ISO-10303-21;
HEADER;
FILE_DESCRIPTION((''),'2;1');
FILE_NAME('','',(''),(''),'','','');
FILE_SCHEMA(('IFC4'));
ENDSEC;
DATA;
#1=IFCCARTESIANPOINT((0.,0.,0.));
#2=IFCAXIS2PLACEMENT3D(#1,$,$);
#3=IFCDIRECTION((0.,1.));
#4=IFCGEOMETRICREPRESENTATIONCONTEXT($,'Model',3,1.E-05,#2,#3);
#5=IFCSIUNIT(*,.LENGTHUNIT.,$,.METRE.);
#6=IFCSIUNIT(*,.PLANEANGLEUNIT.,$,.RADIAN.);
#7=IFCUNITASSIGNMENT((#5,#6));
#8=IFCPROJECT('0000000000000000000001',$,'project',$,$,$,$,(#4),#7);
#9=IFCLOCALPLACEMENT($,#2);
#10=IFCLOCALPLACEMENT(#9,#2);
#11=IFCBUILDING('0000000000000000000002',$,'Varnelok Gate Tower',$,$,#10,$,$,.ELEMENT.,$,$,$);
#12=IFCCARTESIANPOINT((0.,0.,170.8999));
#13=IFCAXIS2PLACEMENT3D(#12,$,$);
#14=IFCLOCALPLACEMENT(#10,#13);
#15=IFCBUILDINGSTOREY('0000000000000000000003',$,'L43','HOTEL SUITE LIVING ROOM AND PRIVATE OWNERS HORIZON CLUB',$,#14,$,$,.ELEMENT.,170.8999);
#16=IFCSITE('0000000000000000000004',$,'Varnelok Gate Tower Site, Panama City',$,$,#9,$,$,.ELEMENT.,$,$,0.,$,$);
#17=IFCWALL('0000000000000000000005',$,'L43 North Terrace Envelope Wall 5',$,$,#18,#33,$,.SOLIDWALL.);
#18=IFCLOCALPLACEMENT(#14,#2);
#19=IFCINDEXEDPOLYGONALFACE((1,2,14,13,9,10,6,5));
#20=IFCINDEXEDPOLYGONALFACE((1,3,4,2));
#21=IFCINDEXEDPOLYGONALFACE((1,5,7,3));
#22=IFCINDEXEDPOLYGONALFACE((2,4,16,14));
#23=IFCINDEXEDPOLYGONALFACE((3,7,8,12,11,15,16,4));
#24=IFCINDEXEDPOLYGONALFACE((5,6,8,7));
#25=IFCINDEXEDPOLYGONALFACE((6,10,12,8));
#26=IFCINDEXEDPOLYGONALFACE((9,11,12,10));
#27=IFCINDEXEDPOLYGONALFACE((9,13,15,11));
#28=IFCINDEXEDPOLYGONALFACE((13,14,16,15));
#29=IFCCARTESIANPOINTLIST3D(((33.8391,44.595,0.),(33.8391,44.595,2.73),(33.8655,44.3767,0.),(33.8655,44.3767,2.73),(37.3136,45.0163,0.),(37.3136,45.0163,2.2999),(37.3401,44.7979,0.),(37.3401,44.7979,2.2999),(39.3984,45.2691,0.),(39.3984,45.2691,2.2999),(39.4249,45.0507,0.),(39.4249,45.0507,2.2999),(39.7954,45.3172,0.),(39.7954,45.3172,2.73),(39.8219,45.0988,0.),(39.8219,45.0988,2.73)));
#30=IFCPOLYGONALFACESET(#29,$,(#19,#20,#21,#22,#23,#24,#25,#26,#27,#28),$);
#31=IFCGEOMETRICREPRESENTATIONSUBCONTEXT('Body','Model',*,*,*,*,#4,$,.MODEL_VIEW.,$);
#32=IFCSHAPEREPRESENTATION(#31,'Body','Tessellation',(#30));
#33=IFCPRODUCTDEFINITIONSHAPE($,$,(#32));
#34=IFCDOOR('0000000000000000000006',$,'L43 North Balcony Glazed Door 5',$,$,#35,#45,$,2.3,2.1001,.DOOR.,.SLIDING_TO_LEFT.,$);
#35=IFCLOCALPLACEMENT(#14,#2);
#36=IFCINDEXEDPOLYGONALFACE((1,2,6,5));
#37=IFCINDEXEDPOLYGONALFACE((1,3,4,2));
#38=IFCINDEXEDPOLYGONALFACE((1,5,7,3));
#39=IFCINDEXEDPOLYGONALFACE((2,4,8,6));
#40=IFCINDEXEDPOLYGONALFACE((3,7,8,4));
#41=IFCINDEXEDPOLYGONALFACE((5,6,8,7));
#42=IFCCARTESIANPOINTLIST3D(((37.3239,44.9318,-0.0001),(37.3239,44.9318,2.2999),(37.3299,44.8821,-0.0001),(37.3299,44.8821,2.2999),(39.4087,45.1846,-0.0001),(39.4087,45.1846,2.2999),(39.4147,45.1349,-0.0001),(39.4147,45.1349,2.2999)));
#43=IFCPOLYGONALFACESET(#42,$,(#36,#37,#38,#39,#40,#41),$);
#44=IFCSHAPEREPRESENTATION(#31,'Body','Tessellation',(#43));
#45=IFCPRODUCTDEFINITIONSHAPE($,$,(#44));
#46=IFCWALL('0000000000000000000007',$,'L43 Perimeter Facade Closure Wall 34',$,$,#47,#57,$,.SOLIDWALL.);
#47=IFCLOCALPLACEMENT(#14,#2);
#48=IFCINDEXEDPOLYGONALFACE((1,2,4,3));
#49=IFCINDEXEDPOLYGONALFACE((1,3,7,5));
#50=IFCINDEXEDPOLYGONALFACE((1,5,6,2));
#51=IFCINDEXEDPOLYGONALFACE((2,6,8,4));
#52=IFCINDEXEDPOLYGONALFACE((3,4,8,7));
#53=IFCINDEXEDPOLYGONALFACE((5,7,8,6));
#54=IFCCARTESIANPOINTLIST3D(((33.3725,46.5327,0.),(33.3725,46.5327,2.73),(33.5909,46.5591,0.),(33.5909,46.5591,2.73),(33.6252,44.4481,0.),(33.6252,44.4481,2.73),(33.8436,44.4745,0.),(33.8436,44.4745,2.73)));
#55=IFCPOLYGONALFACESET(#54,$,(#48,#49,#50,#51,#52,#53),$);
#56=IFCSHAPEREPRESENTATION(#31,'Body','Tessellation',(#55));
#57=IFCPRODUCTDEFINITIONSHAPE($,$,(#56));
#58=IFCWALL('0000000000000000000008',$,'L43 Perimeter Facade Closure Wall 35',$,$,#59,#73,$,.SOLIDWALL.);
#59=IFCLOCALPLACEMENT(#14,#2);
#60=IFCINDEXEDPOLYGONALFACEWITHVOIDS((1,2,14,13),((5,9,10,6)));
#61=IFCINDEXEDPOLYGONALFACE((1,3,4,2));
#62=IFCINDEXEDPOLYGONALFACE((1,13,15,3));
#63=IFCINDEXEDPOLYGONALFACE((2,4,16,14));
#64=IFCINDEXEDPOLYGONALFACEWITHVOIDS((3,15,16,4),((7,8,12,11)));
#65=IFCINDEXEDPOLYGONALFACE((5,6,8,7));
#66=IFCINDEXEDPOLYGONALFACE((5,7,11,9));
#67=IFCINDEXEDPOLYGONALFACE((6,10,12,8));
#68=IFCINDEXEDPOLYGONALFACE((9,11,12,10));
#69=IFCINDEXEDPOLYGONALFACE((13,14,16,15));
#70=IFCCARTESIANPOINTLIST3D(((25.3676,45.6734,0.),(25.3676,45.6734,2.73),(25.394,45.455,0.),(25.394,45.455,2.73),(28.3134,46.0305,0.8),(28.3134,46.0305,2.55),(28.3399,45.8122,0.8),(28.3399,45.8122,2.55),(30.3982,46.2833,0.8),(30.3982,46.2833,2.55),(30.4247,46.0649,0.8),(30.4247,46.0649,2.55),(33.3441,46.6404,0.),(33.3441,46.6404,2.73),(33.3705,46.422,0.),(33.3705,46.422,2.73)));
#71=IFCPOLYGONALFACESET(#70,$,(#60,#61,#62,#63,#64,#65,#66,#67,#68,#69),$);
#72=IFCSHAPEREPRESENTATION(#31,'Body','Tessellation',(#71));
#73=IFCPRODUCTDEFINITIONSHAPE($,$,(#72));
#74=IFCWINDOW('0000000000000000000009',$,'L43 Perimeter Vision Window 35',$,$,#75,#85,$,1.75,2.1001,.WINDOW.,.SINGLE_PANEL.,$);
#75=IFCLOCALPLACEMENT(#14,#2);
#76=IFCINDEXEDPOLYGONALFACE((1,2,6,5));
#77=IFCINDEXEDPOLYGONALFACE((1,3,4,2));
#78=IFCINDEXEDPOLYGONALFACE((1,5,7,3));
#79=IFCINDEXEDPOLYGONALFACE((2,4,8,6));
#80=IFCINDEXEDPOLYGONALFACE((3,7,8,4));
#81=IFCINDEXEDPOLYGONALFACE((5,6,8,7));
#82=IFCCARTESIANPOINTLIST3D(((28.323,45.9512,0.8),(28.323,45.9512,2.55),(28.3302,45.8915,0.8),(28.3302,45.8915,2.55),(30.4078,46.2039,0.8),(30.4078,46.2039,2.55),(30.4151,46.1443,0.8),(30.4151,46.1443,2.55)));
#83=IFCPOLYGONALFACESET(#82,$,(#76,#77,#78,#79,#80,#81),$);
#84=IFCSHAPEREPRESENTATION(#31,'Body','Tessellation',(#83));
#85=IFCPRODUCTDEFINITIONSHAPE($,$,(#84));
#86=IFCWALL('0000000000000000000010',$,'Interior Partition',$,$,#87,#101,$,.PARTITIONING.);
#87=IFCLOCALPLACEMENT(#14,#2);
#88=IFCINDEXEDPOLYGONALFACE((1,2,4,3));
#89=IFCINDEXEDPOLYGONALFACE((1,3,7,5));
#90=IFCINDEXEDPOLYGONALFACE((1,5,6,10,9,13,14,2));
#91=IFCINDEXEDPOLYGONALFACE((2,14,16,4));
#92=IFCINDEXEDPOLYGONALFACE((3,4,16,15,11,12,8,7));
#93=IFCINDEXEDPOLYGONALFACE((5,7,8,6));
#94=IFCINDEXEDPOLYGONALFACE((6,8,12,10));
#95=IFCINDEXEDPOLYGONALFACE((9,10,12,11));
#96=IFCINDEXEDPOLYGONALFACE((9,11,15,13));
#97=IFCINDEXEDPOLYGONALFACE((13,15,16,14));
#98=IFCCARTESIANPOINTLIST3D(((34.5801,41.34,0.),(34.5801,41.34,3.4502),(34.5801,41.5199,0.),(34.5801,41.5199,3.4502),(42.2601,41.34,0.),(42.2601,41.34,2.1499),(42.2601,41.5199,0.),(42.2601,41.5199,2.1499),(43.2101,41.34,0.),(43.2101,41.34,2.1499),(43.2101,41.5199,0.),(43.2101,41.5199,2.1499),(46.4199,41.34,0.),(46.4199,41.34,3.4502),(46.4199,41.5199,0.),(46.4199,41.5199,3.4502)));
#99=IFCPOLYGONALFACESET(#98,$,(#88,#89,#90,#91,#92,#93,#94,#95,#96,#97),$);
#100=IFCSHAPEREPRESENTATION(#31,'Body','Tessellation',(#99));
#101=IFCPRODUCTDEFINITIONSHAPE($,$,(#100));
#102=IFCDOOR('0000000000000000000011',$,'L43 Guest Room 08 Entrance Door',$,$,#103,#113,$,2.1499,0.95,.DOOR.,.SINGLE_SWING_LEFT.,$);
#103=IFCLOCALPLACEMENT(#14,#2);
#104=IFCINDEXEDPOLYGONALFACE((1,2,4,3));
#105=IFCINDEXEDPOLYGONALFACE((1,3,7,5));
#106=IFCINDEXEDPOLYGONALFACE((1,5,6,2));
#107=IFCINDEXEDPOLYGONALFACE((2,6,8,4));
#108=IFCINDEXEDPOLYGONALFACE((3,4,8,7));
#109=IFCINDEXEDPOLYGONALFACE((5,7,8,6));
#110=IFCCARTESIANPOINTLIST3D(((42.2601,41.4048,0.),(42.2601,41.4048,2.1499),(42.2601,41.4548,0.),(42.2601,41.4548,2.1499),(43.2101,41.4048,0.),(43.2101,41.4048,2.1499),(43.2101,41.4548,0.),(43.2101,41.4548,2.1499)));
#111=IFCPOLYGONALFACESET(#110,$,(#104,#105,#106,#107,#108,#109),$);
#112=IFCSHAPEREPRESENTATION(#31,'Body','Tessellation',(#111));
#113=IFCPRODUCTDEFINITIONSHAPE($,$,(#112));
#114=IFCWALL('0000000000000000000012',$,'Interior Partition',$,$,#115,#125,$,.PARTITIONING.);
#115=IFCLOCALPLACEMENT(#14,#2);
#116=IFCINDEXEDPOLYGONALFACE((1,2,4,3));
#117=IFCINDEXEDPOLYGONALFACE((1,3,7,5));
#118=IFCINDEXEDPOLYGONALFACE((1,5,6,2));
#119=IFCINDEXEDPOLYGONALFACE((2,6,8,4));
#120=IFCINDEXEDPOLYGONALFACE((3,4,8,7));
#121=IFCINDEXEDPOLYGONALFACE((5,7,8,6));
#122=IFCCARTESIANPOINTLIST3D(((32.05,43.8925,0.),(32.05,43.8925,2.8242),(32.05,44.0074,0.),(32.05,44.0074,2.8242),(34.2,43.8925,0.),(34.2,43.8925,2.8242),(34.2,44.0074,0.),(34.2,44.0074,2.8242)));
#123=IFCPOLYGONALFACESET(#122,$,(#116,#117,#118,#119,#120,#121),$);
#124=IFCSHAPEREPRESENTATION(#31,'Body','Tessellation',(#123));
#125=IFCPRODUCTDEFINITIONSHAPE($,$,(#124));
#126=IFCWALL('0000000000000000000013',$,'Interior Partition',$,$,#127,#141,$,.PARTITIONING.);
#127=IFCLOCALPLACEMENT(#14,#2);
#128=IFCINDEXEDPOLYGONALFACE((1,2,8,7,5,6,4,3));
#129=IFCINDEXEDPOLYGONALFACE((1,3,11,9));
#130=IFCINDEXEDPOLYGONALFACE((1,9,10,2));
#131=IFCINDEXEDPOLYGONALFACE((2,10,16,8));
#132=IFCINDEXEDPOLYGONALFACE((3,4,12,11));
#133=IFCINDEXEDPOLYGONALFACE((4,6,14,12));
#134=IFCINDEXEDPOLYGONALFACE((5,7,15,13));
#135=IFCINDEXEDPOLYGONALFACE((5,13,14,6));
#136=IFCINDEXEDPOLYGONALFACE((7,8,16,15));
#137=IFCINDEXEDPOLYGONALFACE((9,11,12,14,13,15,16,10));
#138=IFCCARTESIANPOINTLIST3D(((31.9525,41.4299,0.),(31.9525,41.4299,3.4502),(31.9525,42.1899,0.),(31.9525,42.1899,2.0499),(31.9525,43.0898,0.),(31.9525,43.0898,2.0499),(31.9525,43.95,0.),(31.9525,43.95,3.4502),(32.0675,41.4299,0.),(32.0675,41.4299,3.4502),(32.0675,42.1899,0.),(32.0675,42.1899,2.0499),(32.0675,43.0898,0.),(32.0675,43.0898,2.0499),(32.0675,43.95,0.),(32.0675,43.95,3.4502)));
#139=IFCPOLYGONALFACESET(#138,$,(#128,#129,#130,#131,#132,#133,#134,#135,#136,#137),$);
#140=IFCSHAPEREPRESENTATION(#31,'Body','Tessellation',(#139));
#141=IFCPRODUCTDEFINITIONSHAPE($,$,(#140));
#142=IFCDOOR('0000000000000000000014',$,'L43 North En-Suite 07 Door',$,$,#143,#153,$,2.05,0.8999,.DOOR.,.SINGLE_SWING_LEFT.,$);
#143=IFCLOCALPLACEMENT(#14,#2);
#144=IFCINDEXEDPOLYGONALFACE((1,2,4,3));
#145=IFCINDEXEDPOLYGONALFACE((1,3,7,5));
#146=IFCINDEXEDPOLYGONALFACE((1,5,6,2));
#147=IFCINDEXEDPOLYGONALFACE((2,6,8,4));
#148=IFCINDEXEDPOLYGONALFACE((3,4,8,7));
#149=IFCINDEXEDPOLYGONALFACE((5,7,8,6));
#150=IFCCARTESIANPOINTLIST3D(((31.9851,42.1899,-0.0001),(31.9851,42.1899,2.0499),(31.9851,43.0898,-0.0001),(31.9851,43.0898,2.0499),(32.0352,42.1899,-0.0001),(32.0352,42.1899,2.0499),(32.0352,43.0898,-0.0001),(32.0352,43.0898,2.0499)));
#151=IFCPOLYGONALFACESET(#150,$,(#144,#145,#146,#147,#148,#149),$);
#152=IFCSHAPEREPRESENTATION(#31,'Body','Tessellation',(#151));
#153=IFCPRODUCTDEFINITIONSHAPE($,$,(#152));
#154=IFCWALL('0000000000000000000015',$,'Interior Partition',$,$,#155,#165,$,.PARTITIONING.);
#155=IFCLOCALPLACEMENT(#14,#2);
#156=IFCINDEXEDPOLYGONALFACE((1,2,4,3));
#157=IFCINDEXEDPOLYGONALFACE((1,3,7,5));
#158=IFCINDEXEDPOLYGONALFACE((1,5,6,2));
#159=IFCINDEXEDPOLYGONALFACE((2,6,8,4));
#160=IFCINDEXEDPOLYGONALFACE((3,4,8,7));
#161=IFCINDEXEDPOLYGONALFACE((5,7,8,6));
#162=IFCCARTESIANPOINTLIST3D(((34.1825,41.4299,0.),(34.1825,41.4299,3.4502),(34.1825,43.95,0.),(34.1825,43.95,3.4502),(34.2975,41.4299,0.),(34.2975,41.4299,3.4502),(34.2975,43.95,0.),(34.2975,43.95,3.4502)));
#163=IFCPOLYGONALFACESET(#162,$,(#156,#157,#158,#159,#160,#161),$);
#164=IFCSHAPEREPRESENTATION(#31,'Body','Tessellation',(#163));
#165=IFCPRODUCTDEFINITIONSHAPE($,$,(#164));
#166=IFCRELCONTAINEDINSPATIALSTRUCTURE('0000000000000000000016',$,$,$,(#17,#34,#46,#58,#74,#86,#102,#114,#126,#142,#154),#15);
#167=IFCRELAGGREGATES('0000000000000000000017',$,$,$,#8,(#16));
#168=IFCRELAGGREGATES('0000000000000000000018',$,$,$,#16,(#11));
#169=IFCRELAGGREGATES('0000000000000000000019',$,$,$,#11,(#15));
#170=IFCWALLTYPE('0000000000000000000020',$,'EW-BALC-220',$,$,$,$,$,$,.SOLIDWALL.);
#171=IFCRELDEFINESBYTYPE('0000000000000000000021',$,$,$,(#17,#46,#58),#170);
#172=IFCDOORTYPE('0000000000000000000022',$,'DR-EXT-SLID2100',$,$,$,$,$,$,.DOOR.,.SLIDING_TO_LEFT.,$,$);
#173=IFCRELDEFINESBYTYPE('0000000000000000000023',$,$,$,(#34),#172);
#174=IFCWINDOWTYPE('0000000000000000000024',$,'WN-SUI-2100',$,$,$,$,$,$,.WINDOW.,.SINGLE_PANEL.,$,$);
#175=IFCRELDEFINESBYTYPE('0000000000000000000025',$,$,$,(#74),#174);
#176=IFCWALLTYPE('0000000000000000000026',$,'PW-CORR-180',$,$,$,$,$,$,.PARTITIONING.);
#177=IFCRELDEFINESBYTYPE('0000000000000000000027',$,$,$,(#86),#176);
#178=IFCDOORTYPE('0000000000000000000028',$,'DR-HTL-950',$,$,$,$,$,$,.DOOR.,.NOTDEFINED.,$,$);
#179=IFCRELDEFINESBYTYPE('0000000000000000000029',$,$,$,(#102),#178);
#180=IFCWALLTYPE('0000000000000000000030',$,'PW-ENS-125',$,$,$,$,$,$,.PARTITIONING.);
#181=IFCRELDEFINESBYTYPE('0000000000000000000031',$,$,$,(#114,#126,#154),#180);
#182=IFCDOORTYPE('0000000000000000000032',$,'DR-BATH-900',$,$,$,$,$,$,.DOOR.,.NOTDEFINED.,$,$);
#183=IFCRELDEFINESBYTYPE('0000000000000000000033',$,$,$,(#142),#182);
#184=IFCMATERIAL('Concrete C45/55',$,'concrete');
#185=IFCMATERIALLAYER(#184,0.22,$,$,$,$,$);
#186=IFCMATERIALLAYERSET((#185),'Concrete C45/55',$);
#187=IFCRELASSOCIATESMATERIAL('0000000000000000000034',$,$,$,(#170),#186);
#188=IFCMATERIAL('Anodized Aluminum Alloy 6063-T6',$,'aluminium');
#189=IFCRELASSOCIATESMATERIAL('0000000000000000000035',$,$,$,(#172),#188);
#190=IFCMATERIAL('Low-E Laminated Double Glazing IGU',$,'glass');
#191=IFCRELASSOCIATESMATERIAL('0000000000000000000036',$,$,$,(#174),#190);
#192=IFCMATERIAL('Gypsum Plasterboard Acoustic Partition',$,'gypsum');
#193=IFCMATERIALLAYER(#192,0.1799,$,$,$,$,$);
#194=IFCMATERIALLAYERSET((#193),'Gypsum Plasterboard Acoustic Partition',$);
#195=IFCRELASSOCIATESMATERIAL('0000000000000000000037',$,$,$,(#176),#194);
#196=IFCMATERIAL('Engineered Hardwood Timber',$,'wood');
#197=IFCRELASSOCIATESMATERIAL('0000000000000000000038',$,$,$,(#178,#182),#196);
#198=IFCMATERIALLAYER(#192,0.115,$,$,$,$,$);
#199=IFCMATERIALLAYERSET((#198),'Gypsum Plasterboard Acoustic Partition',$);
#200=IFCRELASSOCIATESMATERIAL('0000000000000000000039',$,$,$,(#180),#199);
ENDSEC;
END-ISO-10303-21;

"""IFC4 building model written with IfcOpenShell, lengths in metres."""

from ifc_helpers import new_model, si_unit, direction, frame, frame_2d, origin, place, context, subcontext, project, spatial, rectangle, extrude, material, layer, layer_set, type_object, element, fill, save


model = new_model("IFC4")

# Units and contexts
model_context = context("Model", 3, precision=1e-05, world=origin(), true_north=direction((0.0, 1.0)))
body_context = subcontext(model_context, "Body", "Model", "MODEL_VIEW")
ifc_project = project(units=[si_unit("LENGTHUNIT", "METRE"), si_unit("PLANEANGLEUNIT", "RADIAN")], contexts=[model_context])

# Site, building, storey
site_placement = place(None, origin())
site = spatial("IfcSite", under=ifc_project, at=site_placement, Name="Varnelok Gate Tower Site, Panama City", CompositionType="ELEMENT", RefElevation=0.0)
building_placement = place(site_placement, origin())
building = spatial("IfcBuilding", under=site, at=building_placement, Name="Varnelok Gate Tower", CompositionType="ELEMENT")
storey_placement = place(building_placement, frame((0.0, 0.0, 170.8999)))
storey = spatial("IfcBuildingStorey", under=building, at=storey_placement, Name="L43", Description="HOTEL SUITE LIVING ROOM AND PRIVATE OWNERS HORIZON CLUB", CompositionType="ELEMENT", Elevation=170.8999)

# Wall, opening, door
ifc_material_1 = material(Name="Concrete C45/55", Category="concrete")
ifc_layer_1 = layer(ifc_material_1, 0.22)
ifc_layer_set_1 = layer_set([ifc_layer_1], Name="Concrete C45/55")
wall_type_1 = type_object("IfcWallType", Name="EW-BALC-220", PredefinedType="SOLIDWALL", material=ifc_layer_set_1)
wall_1_placement = place(storey_placement, frame((33.8523, 44.4858, 0.0), z_axis=(0.0, 0.0, 1.0), x_axis=(0.99273, 0.120363, 0.0)))
wall_1 = element("IfcWall", 1, at=wall_1_placement, inside=storey, type_object=wall_type_1, Name="L43 North Terrace Envelope Wall 5", PredefinedType="SOLIDWALL", context=body_context, shape_type="SweptSolid", body=[
    extrude(rectangle(XDim=6.0, YDim=0.22, at=frame_2d((3.0, 0.0))), origin(), (0.0, 0.0, 1.0), 2.73),
])
opening_1_placement = place(wall_1_placement, frame((3.5, 0.0, 0.0)))
opening_1 = element("IfcOpeningElement", 2, at=opening_1_placement, cuts=wall_1, PredefinedType="OPENING", context=body_context, shape_type="SweptSolid", body=[
    extrude(rectangle(XDim=2.1001, YDim=2.3, at=frame_2d((1.05, 1.1499))), frame((0.0, 0.1199, 0.0), z_axis=(0.0, -1.0, 0.0), x_axis=(1.0, 0.0, 0.0)), (0.0, 0.0, 1.0), 0.24),
])
ifc_material_2 = material(Name="Anodized Aluminum Alloy 6063-T6", Category="aluminium")
door_type_1 = type_object("IfcDoorType", Name="DR-EXT-SLID2100", OperationType="SLIDING_TO_LEFT", PredefinedType="DOOR", material=ifc_material_2)
door_1_placement = place(opening_1_placement, origin())
door_1 = element("IfcDoor", 3, at=door_1_placement, inside=storey, type_object=door_type_1, Name="L43 North Balcony Glazed Door 5", OperationType="SLIDING_TO_LEFT", OverallHeight=2.3, OverallWidth=2.1001, PredefinedType="DOOR", context=body_context, shape_type="SweptSolid", body=[
    extrude(rectangle(XDim=2.1001, YDim=2.3, at=frame_2d((1.05, 1.1499))), frame((0.0, 0.0249, 0.0), z_axis=(0.0, -1.0, 0.0), x_axis=(1.0, 0.0, 0.0)), (0.0, 0.0, 1.0), 0.05),
])
fill(opening_1, door_1)

# Wall
wall_2_placement = place(storey_placement, frame((33.7344, 44.4614, 0.0), z_axis=(0.0, 0.0, 1.0), x_axis=(-0.120328, 0.992734, 0.0)))
element("IfcWall", 4, at=wall_2_placement, inside=storey, type_object=wall_type_1, Name="L43 Perimeter Facade Closure Wall 34", PredefinedType="SOLIDWALL", context=body_context, shape_type="SweptSolid", body=[
    extrude(rectangle(XDim=2.0999, YDim=0.22, at=frame_2d((1.0498, 0.0))), origin(), (0.0, 0.0, 1.0), 2.73),
])

# Wall, opening, window
wall_3_placement = place(storey_placement, frame((33.3574, 46.5312, 0.0), z_axis=(0.0, 0.0, 1.0), x_axis=(-0.992731, -0.120354, 0.0)))
wall_3 = element("IfcWall", 5, at=wall_3_placement, inside=storey, type_object=wall_type_1, Name="L43 Perimeter Facade Closure Wall 35", PredefinedType="SOLIDWALL", context=body_context, shape_type="SweptSolid", body=[
    extrude(rectangle(XDim=8.0349, YDim=0.22, at=frame_2d((4.0176, 0.0))), origin(), (0.0, 0.0, 1.0), 2.73),
])
opening_2_placement = place(wall_3_placement, frame((2.9675, 0.0, 0.8)))
opening_2 = element("IfcOpeningElement", 6, at=opening_2_placement, cuts=wall_3, PredefinedType="OPENING", context=body_context, shape_type="SweptSolid", body=[
    extrude(rectangle(XDim=2.1001, YDim=1.75, at=frame_2d((1.05, 0.875))), frame((0.0, 0.1199, 0.0), z_axis=(0.0, -1.0, 0.0), x_axis=(1.0, 0.0, 0.0)), (0.0, 0.0, 1.0), 0.24),
])
ifc_material_3 = material(Name="Low-E Laminated Double Glazing IGU", Category="glass")
window_type = type_object("IfcWindowType", Name="WN-SUI-2100", PartitioningType="SINGLE_PANEL", PredefinedType="WINDOW", material=ifc_material_3)
window_placement = place(opening_2_placement, origin())
window = element("IfcWindow", 7, at=window_placement, inside=storey, type_object=window_type, Name="L43 Perimeter Vision Window 35", OverallHeight=1.75, OverallWidth=2.1001, PartitioningType="SINGLE_PANEL", PredefinedType="WINDOW", context=body_context, shape_type="SweptSolid", body=[
    extrude(rectangle(XDim=2.1001, YDim=1.75, at=frame_2d((1.05, 0.875))), frame((0.0, 0.03, 0.0), z_axis=(0.0, -1.0, 0.0), x_axis=(1.0, 0.0, 0.0)), (0.0, 0.0, 1.0), 0.0601),
])
fill(opening_2, window)

# Wall, opening, door
ifc_material_4 = material(Name="Gypsum Plasterboard Acoustic Partition", Category="gypsum")
ifc_layer_2 = layer(ifc_material_4, 0.1799)
ifc_layer_set_2 = layer_set([ifc_layer_2], Name="Gypsum Plasterboard Acoustic Partition")
wall_type_2 = type_object("IfcWallType", Name="PW-CORR-180", PredefinedType="PARTITIONING", material=ifc_layer_set_2)
wall_4_placement = place(storey_placement, frame((34.5801, 41.4299, 0.0), z_axis=(0.0, 0.0, 1.0), x_axis=(1.0, 0.0, 0.0)))
wall_4 = element("IfcWall", 8, at=wall_4_placement, inside=storey, type_object=wall_type_2, Name="Interior Partition", PredefinedType="PARTITIONING", context=body_context, shape_type="SweptSolid", body=[
    extrude(rectangle(XDim=11.8398, YDim=0.1799, at=frame_2d((5.9199, 0.0))), origin(), (0.0, 0.0, 1.0), 3.4502),
])
opening_3_placement = place(wall_4_placement, frame((7.6799, 0.0, 0.0)))
opening_3 = element("IfcOpeningElement", 9, at=opening_3_placement, cuts=wall_4, PredefinedType="OPENING", context=body_context, shape_type="SweptSolid", body=[
    extrude(rectangle(XDim=0.95, YDim=2.1499, at=frame_2d((0.4751, 1.075))), frame((0.0, 0.0999, 0.0), z_axis=(0.0, -1.0, 0.0), x_axis=(1.0, 0.0, 0.0)), (0.0, 0.0, 1.0), 0.2),
])
ifc_material_5 = material(Name="Engineered Hardwood Timber", Category="wood")
door_type_2 = type_object("IfcDoorType", Name="DR-HTL-950", OperationType="NOTDEFINED", PredefinedType="DOOR", material=ifc_material_5)
door_2_placement = place(opening_3_placement, origin())
door_2 = element("IfcDoor", 10, at=door_2_placement, inside=storey, type_object=door_type_2, Name="L43 Guest Room 08 Entrance Door", OperationType="SINGLE_SWING_LEFT", OverallHeight=2.1499, OverallWidth=0.95, PredefinedType="DOOR", context=body_context, shape_type="SweptSolid", body=[
    extrude(rectangle(XDim=0.95, YDim=2.1499, at=frame_2d((0.4751, 1.075))), frame((0.0, 0.0249, 0.0), z_axis=(0.0, -1.0, 0.0), x_axis=(1.0, 0.0, 0.0)), (0.0, 0.0, 1.0), 0.05),
])
fill(opening_3, door_2)

# Wall
ifc_layer_3 = layer(ifc_material_4, 0.115)
ifc_layer_set_3 = layer_set([ifc_layer_3], Name="Gypsum Plasterboard Acoustic Partition")
wall_type_3 = type_object("IfcWallType", Name="PW-ENS-125", PredefinedType="PARTITIONING", material=ifc_layer_set_3)
wall_5_placement = place(storey_placement, frame((32.05, 43.95, 0.0), z_axis=(0.0, 0.0, 1.0), x_axis=(1.0, 0.0, 0.0)))
element("IfcWall", 11, at=wall_5_placement, inside=storey, type_object=wall_type_3, Name="Interior Partition", PredefinedType="PARTITIONING", context=body_context, shape_type="SweptSolid", body=[
    extrude(rectangle(XDim=2.1499, YDim=0.115, at=frame_2d((1.075, 0.0))), origin(), (0.0, 0.0, 1.0), 2.8242),
])

# Wall, opening, door
wall_6_placement = place(storey_placement, frame((32.01, 41.4299, 0.0), z_axis=(0.0, 0.0, 1.0), x_axis=(0.0, 1.0, 0.0)))
wall_6 = element("IfcWall", 12, at=wall_6_placement, inside=storey, type_object=wall_type_3, Name="Interior Partition", PredefinedType="PARTITIONING", context=body_context, shape_type="SweptSolid", body=[
    extrude(rectangle(XDim=2.52, YDim=0.115, at=frame_2d((1.26, 0.0))), origin(), (0.0, 0.0, 1.0), 3.4502),
])
opening_4_placement = place(wall_6_placement, frame((0.76, 0.0, 0.0)))
opening_4 = element("IfcOpeningElement", 13, at=opening_4_placement, cuts=wall_6, PredefinedType="OPENING", context=body_context, shape_type="SweptSolid", body=[
    extrude(rectangle(XDim=0.8999, YDim=2.05, at=frame_2d((0.45, 1.0249))), frame((0.0, 0.0674, 0.0), z_axis=(0.0, -1.0, 0.0), x_axis=(1.0, 0.0, 0.0)), (0.0, 0.0, 1.0), 0.135),
])
door_type_3 = type_object("IfcDoorType", Name="DR-BATH-900", OperationType="NOTDEFINED", PredefinedType="DOOR", material=ifc_material_5)
door_3_placement = place(opening_4_placement, origin())
door_3 = element("IfcDoor", 14, at=door_3_placement, inside=storey, type_object=door_type_3, Name="L43 North En-Suite 07 Door", OperationType="SINGLE_SWING_LEFT", OverallHeight=2.05, OverallWidth=0.8999, PredefinedType="DOOR", context=body_context, shape_type="SweptSolid", body=[
    extrude(rectangle(XDim=0.8999, YDim=2.05, at=frame_2d((0.45, 1.0249))), frame((0.0, 0.0249, 0.0), z_axis=(0.0, -1.0, 0.0), x_axis=(1.0, 0.0, 0.0)), (0.0, 0.0, 1.0), 0.05),
])
fill(opening_4, door_3)

# Wall
wall_7_placement = place(storey_placement, frame((34.24, 41.4299, 0.0), z_axis=(0.0, 0.0, 1.0), x_axis=(0.0, 1.0, 0.0)))
element("IfcWall", 15, at=wall_7_placement, inside=storey, type_object=wall_type_3, Name="Interior Partition", PredefinedType="PARTITIONING", context=body_context, shape_type="SweptSolid", body=[
    extrude(rectangle(XDim=2.52, YDim=0.115, at=frame_2d((1.26, 0.0))), origin(), (0.0, 0.0, 1.0), 3.4502),
])

save(model, "model.ifc")
